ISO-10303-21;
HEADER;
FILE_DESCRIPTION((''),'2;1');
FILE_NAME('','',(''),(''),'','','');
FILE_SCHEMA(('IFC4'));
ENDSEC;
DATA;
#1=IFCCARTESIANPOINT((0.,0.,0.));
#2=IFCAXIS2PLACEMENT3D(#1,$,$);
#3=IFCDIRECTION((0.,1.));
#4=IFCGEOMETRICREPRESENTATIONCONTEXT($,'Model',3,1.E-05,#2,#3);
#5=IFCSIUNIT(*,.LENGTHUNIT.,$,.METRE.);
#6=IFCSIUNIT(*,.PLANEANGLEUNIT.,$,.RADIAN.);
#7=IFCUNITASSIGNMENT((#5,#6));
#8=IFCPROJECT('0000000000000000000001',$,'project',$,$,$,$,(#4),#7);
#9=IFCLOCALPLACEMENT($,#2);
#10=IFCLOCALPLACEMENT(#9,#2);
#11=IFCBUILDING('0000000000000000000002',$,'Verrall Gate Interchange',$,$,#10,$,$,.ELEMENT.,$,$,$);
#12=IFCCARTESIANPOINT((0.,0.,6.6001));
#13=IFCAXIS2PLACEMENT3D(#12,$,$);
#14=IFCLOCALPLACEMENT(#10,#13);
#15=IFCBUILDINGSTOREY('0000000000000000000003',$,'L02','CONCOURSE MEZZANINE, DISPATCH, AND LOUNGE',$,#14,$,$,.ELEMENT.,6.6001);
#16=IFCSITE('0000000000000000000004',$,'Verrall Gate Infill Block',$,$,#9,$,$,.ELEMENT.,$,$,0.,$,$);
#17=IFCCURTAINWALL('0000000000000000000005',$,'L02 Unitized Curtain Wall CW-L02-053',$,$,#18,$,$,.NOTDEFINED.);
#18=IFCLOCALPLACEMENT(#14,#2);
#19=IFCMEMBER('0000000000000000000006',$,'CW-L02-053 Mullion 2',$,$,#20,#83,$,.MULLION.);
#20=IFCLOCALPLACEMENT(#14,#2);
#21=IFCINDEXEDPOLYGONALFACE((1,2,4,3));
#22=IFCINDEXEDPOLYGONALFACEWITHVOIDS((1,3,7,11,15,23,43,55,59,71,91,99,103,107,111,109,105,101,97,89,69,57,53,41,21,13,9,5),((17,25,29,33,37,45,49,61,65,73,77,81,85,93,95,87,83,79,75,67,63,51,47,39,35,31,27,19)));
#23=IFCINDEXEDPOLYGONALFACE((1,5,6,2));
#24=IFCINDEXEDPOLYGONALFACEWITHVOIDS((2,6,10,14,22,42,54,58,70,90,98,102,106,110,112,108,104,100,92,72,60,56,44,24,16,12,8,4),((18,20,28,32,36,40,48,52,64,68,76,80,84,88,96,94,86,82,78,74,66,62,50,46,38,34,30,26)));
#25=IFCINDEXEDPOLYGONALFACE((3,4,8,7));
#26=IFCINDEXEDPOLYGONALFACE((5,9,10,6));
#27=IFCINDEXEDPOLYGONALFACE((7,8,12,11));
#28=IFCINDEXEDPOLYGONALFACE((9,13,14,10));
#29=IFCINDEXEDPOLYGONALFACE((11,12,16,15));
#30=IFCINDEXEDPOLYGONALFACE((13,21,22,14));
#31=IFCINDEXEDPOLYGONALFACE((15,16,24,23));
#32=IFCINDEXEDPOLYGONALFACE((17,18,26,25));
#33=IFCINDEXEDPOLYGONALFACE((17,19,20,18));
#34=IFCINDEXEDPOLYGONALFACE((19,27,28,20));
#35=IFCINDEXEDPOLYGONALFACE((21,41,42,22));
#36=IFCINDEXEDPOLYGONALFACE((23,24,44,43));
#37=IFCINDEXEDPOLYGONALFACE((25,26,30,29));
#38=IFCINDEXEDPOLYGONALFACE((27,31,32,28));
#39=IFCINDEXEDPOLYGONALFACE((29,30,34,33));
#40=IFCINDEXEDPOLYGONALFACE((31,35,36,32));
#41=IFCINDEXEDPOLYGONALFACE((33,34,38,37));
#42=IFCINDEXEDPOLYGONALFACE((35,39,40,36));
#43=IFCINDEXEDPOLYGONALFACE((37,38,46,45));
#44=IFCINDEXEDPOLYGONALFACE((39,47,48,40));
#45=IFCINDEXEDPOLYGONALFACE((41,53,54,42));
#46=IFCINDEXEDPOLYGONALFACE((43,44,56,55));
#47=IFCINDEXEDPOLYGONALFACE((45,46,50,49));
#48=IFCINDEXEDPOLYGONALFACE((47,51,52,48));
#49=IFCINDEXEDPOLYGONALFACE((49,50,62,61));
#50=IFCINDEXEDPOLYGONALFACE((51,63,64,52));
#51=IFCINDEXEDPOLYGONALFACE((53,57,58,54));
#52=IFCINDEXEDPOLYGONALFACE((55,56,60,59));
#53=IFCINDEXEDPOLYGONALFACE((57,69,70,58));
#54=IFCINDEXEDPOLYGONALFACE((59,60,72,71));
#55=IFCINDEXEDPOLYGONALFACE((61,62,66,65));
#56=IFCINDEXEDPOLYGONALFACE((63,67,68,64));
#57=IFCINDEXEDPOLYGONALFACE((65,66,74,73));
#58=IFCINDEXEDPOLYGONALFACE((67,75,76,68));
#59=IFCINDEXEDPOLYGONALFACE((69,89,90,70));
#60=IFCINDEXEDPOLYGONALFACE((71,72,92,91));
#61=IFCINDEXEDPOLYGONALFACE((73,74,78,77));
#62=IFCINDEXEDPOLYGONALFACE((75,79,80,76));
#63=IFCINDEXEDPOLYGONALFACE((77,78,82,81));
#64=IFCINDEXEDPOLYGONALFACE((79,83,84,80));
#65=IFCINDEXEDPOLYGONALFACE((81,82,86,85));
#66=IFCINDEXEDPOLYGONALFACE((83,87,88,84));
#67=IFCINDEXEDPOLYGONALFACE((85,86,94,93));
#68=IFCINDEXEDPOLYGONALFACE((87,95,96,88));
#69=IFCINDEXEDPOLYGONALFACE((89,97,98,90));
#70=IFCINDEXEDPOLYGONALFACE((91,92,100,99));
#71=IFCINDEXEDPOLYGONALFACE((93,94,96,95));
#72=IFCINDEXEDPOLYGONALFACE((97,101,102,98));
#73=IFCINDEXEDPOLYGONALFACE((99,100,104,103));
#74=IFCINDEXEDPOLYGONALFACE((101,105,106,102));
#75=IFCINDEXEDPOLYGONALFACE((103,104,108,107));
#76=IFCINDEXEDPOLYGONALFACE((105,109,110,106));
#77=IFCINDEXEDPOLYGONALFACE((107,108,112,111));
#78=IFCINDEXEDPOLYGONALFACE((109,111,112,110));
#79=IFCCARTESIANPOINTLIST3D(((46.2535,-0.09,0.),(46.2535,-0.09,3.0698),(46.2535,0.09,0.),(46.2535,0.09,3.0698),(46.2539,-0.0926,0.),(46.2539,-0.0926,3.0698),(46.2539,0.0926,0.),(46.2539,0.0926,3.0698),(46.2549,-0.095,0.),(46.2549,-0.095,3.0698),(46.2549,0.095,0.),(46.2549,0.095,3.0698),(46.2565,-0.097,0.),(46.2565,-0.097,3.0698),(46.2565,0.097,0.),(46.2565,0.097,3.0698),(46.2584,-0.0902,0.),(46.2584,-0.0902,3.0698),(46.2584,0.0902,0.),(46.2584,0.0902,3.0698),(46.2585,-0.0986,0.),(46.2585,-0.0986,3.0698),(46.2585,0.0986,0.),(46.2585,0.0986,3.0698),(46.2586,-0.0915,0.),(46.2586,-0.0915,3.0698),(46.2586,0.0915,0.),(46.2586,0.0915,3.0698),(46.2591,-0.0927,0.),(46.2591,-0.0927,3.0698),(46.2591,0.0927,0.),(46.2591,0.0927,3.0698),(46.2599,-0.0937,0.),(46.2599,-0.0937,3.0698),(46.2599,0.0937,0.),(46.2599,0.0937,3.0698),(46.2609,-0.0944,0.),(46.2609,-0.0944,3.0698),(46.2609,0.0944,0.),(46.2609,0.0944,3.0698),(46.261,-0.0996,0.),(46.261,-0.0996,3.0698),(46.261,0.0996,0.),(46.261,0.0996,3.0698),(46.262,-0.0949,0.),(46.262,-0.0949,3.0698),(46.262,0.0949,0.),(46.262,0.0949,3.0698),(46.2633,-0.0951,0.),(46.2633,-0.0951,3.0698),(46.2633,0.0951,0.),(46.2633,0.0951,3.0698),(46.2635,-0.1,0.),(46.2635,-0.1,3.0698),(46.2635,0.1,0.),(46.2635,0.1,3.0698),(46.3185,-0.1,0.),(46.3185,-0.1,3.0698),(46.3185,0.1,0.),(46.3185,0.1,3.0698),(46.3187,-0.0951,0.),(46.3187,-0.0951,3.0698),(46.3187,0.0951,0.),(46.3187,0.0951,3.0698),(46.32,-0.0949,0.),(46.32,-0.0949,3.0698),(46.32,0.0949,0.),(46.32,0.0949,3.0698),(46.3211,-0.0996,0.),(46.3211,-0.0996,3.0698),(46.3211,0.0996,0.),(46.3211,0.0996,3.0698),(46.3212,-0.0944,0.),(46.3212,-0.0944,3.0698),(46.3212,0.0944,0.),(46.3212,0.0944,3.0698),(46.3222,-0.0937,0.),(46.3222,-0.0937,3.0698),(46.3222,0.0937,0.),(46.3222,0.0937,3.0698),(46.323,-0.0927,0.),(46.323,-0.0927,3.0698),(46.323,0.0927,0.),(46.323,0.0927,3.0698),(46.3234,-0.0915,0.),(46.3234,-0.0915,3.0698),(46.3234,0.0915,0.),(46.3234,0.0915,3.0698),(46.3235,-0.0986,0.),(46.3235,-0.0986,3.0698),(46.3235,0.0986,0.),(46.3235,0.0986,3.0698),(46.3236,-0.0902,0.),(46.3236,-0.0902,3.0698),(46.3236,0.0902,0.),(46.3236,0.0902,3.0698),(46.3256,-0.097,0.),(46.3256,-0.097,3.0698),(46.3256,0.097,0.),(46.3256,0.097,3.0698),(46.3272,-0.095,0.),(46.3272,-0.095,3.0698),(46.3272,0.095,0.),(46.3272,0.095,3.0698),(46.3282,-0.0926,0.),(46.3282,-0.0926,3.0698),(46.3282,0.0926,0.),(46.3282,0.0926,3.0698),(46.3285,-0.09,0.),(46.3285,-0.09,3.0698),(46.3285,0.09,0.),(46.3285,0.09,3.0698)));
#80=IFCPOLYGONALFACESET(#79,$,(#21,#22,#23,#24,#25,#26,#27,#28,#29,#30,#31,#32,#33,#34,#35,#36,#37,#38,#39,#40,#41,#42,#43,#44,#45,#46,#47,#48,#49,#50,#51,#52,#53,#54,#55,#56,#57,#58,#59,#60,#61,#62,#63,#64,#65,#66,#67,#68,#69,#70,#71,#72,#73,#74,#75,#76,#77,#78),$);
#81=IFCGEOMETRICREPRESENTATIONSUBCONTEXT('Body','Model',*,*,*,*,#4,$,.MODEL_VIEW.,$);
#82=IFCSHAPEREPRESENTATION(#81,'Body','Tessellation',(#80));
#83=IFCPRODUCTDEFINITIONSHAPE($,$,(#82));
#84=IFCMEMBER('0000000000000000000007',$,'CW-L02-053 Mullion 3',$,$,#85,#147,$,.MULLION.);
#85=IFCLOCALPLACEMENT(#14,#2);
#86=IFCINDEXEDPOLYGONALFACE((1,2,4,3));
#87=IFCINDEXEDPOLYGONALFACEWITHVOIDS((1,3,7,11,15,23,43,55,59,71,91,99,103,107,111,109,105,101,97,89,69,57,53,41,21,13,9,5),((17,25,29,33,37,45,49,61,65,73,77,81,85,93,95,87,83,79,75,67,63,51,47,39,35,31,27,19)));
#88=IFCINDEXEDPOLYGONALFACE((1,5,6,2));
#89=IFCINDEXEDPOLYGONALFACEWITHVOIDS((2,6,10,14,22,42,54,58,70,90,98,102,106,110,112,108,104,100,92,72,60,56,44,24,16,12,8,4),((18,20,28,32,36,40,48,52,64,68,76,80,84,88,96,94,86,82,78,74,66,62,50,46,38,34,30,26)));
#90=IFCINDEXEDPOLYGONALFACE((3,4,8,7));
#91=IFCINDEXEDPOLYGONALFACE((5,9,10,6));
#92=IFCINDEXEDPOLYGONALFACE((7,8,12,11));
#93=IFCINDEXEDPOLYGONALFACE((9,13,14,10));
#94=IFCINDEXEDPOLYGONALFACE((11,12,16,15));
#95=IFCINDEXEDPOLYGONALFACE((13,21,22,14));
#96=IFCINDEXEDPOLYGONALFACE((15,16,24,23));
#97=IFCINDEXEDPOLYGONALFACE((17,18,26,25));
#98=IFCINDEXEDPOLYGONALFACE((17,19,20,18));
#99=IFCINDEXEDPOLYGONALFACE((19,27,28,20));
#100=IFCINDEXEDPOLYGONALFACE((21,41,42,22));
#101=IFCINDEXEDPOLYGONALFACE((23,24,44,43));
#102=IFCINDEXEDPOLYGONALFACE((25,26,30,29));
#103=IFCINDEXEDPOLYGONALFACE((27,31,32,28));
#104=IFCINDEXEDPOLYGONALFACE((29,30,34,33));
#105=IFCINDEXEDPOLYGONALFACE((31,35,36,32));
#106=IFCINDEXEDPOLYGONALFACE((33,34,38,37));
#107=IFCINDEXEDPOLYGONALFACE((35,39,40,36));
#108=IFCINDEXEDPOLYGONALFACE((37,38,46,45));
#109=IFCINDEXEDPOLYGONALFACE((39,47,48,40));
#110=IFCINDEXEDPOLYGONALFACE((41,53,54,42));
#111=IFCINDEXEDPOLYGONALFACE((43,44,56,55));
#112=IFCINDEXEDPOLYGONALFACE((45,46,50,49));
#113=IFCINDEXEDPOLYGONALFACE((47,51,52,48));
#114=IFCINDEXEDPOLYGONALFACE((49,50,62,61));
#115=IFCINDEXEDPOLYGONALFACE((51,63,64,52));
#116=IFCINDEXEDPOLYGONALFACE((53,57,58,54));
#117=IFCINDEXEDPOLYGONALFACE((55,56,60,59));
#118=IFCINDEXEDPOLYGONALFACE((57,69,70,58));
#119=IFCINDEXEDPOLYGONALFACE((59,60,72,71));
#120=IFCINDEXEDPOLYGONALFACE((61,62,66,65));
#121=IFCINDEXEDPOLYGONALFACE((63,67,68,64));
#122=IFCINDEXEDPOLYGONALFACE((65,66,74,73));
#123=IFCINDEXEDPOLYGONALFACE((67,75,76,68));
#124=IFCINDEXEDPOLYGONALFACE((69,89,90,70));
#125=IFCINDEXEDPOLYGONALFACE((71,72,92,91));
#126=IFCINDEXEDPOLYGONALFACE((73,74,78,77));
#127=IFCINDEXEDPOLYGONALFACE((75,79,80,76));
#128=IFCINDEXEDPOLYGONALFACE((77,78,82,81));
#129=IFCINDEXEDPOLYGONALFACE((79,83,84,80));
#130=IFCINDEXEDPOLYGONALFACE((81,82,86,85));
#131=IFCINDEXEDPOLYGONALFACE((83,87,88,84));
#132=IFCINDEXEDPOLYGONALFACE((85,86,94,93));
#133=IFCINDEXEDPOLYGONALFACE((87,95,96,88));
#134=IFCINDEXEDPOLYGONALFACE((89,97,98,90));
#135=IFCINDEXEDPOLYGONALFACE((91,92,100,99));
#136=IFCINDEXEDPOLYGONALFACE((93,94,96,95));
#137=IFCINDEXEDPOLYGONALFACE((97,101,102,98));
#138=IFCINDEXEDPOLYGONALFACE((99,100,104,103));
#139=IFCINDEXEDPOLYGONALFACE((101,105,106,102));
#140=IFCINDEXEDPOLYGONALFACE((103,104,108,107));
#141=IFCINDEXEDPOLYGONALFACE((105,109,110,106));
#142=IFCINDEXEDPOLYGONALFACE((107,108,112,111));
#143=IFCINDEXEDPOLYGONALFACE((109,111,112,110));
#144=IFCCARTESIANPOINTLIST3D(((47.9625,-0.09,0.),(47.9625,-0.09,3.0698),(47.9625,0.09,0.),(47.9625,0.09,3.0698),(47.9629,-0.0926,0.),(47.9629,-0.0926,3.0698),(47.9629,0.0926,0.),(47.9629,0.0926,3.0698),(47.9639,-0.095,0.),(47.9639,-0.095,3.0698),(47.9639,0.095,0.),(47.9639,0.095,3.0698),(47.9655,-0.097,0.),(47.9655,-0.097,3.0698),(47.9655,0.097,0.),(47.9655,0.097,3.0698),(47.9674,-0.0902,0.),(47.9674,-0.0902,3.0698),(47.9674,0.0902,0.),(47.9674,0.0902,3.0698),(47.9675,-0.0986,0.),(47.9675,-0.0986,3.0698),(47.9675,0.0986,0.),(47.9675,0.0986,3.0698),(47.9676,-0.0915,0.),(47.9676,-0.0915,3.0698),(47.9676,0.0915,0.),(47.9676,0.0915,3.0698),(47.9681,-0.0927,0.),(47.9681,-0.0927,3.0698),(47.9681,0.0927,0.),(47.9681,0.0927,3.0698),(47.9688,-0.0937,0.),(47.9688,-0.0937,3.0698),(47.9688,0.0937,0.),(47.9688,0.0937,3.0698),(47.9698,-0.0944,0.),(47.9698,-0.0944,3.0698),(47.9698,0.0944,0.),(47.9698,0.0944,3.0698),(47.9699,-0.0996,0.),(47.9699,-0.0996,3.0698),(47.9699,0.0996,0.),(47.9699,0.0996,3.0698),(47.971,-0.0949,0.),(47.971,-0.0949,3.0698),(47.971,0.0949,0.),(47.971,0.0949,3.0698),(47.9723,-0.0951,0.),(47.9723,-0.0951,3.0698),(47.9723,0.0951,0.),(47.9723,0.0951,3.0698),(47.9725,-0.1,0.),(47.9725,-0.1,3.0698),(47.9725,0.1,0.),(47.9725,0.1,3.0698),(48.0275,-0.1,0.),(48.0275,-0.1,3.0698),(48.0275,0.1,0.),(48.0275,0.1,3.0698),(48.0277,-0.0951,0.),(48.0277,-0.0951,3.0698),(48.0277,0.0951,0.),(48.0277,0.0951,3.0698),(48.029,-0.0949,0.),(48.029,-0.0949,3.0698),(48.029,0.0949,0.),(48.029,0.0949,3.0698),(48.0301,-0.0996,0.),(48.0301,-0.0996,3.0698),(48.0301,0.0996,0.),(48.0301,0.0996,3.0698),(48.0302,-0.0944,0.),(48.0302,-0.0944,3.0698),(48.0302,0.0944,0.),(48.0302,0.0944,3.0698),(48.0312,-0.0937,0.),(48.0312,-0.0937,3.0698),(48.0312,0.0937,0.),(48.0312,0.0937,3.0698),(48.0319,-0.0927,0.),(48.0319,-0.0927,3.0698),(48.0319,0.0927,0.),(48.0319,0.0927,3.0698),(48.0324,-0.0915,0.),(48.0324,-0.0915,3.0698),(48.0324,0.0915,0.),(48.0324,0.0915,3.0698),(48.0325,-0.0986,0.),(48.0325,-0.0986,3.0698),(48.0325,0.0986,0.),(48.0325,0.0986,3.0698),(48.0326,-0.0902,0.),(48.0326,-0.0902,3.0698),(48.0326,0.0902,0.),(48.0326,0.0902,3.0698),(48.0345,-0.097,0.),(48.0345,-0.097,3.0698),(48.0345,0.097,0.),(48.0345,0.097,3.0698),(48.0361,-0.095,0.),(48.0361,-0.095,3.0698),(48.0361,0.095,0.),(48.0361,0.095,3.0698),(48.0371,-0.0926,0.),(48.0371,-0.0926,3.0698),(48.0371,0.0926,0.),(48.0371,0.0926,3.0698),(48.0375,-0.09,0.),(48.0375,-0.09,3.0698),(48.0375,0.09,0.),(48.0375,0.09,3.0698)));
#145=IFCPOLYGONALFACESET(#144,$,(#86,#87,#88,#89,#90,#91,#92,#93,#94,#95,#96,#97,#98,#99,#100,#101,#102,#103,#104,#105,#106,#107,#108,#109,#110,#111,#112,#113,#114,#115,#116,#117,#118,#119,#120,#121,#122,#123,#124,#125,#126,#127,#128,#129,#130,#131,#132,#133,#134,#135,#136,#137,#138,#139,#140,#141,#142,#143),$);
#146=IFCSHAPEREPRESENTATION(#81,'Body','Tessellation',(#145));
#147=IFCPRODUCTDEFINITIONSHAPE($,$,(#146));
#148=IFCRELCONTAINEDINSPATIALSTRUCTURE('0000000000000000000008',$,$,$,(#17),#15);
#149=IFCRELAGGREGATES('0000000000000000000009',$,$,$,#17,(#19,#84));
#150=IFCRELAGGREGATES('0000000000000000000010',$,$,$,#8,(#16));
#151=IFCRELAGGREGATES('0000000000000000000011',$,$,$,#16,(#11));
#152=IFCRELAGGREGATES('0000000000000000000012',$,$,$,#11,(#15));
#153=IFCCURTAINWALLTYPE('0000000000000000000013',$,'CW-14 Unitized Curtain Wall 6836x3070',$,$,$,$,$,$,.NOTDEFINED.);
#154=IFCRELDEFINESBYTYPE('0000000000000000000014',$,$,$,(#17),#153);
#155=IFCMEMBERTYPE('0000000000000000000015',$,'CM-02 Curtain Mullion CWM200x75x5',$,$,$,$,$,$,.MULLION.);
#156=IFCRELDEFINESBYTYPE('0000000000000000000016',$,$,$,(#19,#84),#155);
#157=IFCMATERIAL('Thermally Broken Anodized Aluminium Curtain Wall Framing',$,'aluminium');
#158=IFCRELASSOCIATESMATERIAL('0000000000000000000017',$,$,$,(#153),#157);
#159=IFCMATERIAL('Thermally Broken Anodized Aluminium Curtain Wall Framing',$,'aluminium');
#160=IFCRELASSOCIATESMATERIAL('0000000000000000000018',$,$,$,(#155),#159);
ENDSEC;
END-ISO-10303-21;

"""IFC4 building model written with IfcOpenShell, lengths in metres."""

from ifc_helpers import new_model, si_unit, direction, frame, origin, origin_2d, place, context, subcontext, project, spatial, hollow_rectangle, extrude, material, material_profile, profile_set, type_object, element, aggregate, save


model = new_model("IFC4")

# Units and contexts
model_context = context("Model", 3, precision=1e-05, world=origin(), true_north=direction((0.0, 1.0)))
body_context = subcontext(model_context, "Body", "Model", "MODEL_VIEW")
ifc_project = project(units=[si_unit("LENGTHUNIT", "METRE"), si_unit("PLANEANGLEUNIT", "RADIAN")], contexts=[model_context])

# Site, building, storey
site_placement = place(None, origin())
site = spatial("IfcSite", under=ifc_project, at=site_placement, Name="Verrall Gate Infill Block", CompositionType="ELEMENT", RefElevation=0.0)
building_placement = place(site_placement, origin())
building = spatial("IfcBuilding", under=site, at=building_placement, Name="Verrall Gate Interchange", CompositionType="ELEMENT")
storey_placement = place(building_placement, frame((0.0, 0.0, 6.6001)))
storey = spatial("IfcBuildingStorey", under=building, at=storey_placement, Name="L02", Description="CONCOURSE MEZZANINE, DISPATCH, AND LOUNGE", CompositionType="ELEMENT", Elevation=6.6001)

# Curtain wall, members
ifc_material_1 = material(Name="Thermally Broken Anodized Aluminium Curtain Wall Framing", Category="aluminium")
curtain_wall_type = type_object("IfcCurtainWallType", Name="CW-14 Unitized Curtain Wall 6836x3070", PredefinedType="NOTDEFINED", material=ifc_material_1)
curtain_wall_1_placement = place(storey_placement, origin())
curtain_wall_1 = element("IfcCurtainWall", 1, at=curtain_wall_1_placement, inside=storey, type_object=curtain_wall_type, Name="L02 Unitized Curtain Wall CW-L02-053", PredefinedType="NOTDEFINED")
ifc_material_2 = material(Name="Thermally Broken Anodized Aluminium Curtain Wall Framing", Category="aluminium")
ifc_material_profile_1 = material_profile(ifc_material_2, hollow_rectangle(XDim=0.075, YDim=0.2, WallThickness=0.0049, InnerFilletRadius=0.0049, OuterFilletRadius=0.01, at=origin_2d()), Name="CWM200x75x5")
ifc_profile_set_1 = profile_set([ifc_material_profile_1], Name="Thermally Broken Anodized Aluminium Curtain Wall Framing")
member_type_1 = type_object("IfcMemberType", Name="CM-02 Curtain Mullion CWM200x75x5", PredefinedType="MULLION", material=ifc_profile_set_1)
member_1_placement = place(storey_placement, frame((46.291, 0.0, 0.0), z_axis=(0.0, 0.0, 1.0), x_axis=(1.0, 0.0, 0.0)))
member_1 = element("IfcMember", 2, at=member_1_placement, type_object=member_type_1, Name="CW-L02-053 Mullion 2", PredefinedType="MULLION", context=body_context, shape_type="SweptSolid", body=[
    extrude(hollow_rectangle(XDim=0.075, YDim=0.2, WallThickness=0.0049, InnerFilletRadius=0.0049, OuterFilletRadius=0.01, at=origin_2d()), origin(), (0.0, 0.0, 1.0), 3.0698),
])
member_2_placement = place(storey_placement, frame((48.0, 0.0, 0.0), z_axis=(0.0, 0.0, 1.0), x_axis=(1.0, 0.0, 0.0)))
member_2 = element("IfcMember", 3, at=member_2_placement, type_object=member_type_1, Name="CW-L02-053 Mullion 3", PredefinedType="MULLION", context=body_context, shape_type="SweptSolid", body=[
    extrude(hollow_rectangle(XDim=0.075, YDim=0.2, WallThickness=0.0049, InnerFilletRadius=0.0049, OuterFilletRadius=0.01, at=origin_2d()), origin(), (0.0, 0.0, 1.0), 3.0698),
])

aggregate(curtain_wall_1, [member_1, member_2])

save(model, "model.ifc")
